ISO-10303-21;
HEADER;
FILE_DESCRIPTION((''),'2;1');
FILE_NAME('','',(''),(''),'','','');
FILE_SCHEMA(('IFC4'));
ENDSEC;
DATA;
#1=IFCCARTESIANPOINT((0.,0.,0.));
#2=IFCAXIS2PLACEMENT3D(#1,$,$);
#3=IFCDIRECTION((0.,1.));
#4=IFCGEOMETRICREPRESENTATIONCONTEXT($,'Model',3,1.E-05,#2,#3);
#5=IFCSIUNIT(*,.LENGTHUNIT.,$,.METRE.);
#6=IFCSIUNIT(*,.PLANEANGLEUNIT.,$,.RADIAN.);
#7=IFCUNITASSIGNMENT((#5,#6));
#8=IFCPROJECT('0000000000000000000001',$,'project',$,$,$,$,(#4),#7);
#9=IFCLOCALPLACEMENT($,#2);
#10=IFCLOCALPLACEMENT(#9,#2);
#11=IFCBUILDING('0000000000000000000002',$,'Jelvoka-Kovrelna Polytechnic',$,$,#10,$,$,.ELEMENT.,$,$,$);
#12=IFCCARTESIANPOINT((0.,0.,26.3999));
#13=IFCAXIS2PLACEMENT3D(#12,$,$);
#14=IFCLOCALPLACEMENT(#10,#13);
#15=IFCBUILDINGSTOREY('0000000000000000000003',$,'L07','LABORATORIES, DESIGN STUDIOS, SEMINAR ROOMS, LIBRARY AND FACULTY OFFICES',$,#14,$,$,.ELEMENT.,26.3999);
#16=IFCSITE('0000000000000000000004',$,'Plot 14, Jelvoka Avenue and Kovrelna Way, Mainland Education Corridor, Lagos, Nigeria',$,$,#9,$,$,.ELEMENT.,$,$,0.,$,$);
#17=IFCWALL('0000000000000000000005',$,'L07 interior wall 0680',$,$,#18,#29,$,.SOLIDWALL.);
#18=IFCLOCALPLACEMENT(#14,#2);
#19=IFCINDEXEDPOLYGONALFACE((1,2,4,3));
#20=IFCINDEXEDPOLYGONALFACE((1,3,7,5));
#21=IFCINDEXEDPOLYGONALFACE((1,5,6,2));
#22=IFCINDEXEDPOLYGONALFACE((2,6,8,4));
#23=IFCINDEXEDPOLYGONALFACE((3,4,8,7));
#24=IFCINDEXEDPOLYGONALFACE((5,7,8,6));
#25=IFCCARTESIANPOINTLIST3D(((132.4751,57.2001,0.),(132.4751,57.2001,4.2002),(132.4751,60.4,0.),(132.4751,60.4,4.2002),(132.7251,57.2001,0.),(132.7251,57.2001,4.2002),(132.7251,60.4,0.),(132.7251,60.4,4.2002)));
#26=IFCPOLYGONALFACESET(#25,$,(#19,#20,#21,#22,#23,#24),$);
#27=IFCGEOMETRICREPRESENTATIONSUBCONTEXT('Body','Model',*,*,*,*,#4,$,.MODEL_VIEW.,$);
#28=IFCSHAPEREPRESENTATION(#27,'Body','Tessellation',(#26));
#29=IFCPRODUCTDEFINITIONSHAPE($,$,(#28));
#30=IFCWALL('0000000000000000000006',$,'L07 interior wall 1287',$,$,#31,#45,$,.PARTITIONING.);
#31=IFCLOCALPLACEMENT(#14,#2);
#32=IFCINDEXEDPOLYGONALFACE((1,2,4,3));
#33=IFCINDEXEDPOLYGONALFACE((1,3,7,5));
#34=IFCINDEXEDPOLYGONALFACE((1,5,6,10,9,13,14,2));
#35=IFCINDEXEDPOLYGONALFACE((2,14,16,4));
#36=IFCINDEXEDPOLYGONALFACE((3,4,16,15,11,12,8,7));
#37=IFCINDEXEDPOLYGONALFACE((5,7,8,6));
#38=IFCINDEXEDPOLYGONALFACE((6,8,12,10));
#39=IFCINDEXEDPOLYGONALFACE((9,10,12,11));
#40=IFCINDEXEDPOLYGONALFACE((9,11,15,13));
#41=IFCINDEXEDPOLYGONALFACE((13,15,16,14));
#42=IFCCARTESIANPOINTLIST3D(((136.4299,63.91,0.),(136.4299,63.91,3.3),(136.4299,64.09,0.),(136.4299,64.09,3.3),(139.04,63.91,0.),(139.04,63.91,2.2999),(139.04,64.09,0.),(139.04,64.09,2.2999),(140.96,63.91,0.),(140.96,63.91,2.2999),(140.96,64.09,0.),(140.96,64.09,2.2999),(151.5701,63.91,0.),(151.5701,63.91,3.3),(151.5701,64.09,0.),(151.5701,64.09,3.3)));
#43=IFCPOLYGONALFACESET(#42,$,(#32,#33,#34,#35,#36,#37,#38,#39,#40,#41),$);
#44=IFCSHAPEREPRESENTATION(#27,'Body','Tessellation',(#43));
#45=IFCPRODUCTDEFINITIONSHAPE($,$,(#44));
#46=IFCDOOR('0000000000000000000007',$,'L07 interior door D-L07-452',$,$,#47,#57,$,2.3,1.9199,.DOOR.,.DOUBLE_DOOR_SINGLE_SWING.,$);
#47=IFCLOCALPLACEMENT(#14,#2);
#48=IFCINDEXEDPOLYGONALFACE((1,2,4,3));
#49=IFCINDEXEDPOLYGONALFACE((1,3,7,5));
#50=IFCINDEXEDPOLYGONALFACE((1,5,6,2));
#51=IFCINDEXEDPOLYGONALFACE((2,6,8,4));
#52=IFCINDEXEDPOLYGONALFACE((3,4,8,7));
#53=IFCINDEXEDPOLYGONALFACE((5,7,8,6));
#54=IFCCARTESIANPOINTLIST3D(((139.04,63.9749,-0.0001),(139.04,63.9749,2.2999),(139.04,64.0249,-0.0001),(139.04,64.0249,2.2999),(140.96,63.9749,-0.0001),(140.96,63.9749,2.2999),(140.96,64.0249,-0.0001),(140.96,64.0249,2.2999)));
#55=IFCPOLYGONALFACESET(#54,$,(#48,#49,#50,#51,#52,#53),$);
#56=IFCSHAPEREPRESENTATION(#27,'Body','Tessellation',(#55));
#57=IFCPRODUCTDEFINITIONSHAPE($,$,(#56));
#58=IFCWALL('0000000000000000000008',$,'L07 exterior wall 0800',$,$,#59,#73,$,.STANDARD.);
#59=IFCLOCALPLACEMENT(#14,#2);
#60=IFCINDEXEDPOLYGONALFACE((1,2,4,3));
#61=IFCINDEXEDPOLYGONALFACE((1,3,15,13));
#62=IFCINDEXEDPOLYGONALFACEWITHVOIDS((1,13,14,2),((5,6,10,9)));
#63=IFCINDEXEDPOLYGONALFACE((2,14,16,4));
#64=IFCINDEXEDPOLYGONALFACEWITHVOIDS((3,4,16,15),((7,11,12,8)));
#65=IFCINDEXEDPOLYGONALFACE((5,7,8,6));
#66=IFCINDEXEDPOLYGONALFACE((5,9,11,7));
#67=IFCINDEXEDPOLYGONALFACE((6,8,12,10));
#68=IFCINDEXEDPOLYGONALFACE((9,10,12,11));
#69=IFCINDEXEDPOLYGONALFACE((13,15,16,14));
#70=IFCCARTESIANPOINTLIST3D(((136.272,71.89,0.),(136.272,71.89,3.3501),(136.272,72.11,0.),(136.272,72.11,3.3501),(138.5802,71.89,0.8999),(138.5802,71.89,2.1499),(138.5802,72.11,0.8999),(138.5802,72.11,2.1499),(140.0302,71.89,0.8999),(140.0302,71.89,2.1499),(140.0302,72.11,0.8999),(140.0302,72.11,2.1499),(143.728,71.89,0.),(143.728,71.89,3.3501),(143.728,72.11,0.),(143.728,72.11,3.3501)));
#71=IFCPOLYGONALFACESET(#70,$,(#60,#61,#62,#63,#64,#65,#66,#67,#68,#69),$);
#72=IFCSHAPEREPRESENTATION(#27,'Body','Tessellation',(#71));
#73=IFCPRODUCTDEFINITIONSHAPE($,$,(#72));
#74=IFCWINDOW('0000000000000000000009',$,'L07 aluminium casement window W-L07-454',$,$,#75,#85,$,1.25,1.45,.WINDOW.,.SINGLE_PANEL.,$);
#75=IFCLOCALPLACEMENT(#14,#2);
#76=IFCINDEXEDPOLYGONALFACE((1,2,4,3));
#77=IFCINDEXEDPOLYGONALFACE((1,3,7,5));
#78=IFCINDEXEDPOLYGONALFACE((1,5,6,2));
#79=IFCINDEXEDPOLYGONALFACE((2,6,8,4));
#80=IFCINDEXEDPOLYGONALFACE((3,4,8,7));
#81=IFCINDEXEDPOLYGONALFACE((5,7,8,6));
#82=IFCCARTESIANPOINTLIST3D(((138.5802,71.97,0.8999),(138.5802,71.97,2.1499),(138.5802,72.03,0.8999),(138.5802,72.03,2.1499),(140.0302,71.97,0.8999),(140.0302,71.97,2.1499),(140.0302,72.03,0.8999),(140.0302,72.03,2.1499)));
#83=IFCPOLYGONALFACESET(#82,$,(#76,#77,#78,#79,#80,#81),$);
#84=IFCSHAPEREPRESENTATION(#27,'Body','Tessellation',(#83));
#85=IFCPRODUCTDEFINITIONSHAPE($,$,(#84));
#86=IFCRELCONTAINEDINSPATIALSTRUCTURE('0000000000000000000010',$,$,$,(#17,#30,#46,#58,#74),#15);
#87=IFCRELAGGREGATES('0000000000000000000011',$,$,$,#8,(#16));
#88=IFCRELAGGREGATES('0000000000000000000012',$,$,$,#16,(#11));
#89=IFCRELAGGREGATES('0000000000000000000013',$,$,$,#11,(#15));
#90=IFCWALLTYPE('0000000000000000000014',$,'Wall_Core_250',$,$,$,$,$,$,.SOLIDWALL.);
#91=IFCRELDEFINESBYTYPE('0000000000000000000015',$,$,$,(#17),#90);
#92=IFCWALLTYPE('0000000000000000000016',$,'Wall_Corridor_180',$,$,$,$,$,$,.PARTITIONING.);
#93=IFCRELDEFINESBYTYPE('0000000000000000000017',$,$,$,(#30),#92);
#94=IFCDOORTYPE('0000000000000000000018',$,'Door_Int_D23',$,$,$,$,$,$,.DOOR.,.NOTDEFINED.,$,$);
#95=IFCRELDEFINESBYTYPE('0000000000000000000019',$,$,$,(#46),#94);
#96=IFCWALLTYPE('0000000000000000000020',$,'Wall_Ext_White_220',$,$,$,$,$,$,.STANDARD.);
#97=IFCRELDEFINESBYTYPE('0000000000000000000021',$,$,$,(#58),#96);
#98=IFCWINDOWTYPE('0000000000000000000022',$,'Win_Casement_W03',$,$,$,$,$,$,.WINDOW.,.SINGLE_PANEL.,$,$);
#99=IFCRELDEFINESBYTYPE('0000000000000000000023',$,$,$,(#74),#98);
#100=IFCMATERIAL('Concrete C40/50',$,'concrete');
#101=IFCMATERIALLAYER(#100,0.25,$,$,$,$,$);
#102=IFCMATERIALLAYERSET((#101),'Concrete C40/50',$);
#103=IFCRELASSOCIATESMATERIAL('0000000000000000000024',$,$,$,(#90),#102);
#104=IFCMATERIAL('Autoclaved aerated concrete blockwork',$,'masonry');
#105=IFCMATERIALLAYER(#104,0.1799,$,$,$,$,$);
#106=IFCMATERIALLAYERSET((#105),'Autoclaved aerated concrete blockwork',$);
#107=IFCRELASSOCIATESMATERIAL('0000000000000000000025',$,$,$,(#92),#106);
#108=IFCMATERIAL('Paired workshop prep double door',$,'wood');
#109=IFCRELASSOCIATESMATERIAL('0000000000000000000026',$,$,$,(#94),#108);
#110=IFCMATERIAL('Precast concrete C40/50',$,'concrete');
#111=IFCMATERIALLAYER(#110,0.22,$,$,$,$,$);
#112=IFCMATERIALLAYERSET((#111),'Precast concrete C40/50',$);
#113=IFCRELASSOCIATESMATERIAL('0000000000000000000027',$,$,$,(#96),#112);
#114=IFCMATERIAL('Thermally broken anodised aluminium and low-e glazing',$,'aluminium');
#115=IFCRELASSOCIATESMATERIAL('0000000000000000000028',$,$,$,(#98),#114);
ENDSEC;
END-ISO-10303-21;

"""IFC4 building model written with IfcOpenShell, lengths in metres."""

from ifc_helpers import new_model, si_unit, direction, frame, frame_2d, origin, place, context, subcontext, project, spatial, rectangle, extrude, material, layer, layer_set, type_object, element, fill, save


model = new_model("IFC4")

# Units and contexts
model_context = context("Model", 3, precision=1e-05, world=origin(), true_north=direction((0.0, 1.0)))
body_context = subcontext(model_context, "Body", "Model", "MODEL_VIEW")
ifc_project = project(units=[si_unit("LENGTHUNIT", "METRE"), si_unit("PLANEANGLEUNIT", "RADIAN")], contexts=[model_context])

# Site, building, storey
site_placement = place(None, origin())
site = spatial("IfcSite", under=ifc_project, at=site_placement, Name="Plot 14, Jelvoka Avenue and Kovrelna Way, Mainland Education Corridor, Lagos, Nigeria", CompositionType="ELEMENT", RefElevation=0.0)
building_placement = place(site_placement, origin())
building = spatial("IfcBuilding", under=site, at=building_placement, Name="Jelvoka-Kovrelna Polytechnic", CompositionType="ELEMENT")
storey_placement = place(building_placement, frame((0.0, 0.0, 26.3999)))
storey = spatial("IfcBuildingStorey", under=building, at=storey_placement, Name="L07", Description="LABORATORIES, DESIGN STUDIOS, SEMINAR ROOMS, LIBRARY AND FACULTY OFFICES", CompositionType="ELEMENT", Elevation=26.3999)

# Wall
ifc_material_1 = material(Name="Concrete C40/50", Category="concrete")
ifc_layer_1 = layer(ifc_material_1, 0.25)
ifc_layer_set_1 = layer_set([ifc_layer_1], Name="Concrete C40/50")
wall_type_1 = type_object("IfcWallType", Name="Wall_Core_250", PredefinedType="SOLIDWALL", material=ifc_layer_set_1)
wall_1_placement = place(storey_placement, frame((132.6001, 57.2, 0.0), z_axis=(0.0, 0.0, 1.0), x_axis=(0.0, 1.0, 0.0)))
element("IfcWall", 1, at=wall_1_placement, inside=storey, type_object=wall_type_1, Name="L07 interior wall 0680", PredefinedType="SOLIDWALL", context=body_context, shape_type="SweptSolid", body=[
    extrude(rectangle(XDim=3.2, YDim=0.25, at=frame_2d((1.6001, 0.0))), origin(), (0.0, 0.0, 1.0), 4.2002),
])

# Wall, opening, door
ifc_material_2 = material(Name="Autoclaved aerated concrete blockwork", Category="masonry")
ifc_layer_2 = layer(ifc_material_2, 0.1799)
ifc_layer_set_2 = layer_set([ifc_layer_2], Name="Autoclaved aerated concrete blockwork")
wall_type_2 = type_object("IfcWallType", Name="Wall_Corridor_180", PredefinedType="PARTITIONING", material=ifc_layer_set_2)
wall_2_placement = place(storey_placement, frame((136.4299, 64.0, 0.0), z_axis=(0.0, 0.0, 1.0), x_axis=(1.0, 0.0, 0.0)))
wall_2 = element("IfcWall", 2, at=wall_2_placement, inside=storey, type_object=wall_type_2, Name="L07 interior wall 1287", PredefinedType="PARTITIONING", context=body_context, shape_type="SweptSolid", body=[
    extrude(rectangle(XDim=15.1401, YDim=0.1799, at=frame_2d((7.5701, 0.0))), origin(), (0.0, 0.0, 1.0), 3.3),
])
opening_1_placement = place(wall_2_placement, frame((2.6101, 0.0, 0.0)))
opening_1 = element("IfcOpeningElement", 3, at=opening_1_placement, cuts=wall_2, PredefinedType="OPENING", context=body_context, shape_type="SweptSolid", body=[
    extrude(rectangle(XDim=1.9199, YDim=2.3, at=frame_2d((0.96, 1.1499))), frame((0.0, 0.0999, 0.0), z_axis=(0.0, -1.0, 0.0), x_axis=(1.0, 0.0, 0.0)), (0.0, 0.0, 1.0), 0.2),
])
ifc_material_3 = material(Name="Paired workshop prep double door", Category="wood")
door_type = type_object("IfcDoorType", Name="Door_Int_D23", OperationType="NOTDEFINED", PredefinedType="DOOR", material=ifc_material_3)
door_placement = place(opening_1_placement, origin())
door = element("IfcDoor", 4, at=door_placement, inside=storey, type_object=door_type, Name="L07 interior door D-L07-452", OperationType="DOUBLE_DOOR_SINGLE_SWING", OverallHeight=2.3, OverallWidth=1.9199, PredefinedType="DOOR", context=body_context, shape_type="SweptSolid", body=[
    extrude(rectangle(XDim=1.9199, YDim=2.3, at=frame_2d((0.96, 1.1499))), frame((0.0, 0.0249, 0.0), z_axis=(0.0, -1.0, 0.0), x_axis=(1.0, 0.0, 0.0)), (0.0, 0.0, 1.0), 0.05),
])
fill(opening_1, door)

# Wall, opening, window
ifc_material_4 = material(Name="Precast concrete C40/50", Category="concrete")
ifc_layer_3 = layer(ifc_material_4, 0.22)
ifc_layer_set_3 = layer_set([ifc_layer_3], Name="Precast concrete C40/50")
wall_type_3 = type_object("IfcWallType", Name="Wall_Ext_White_220", PredefinedType="STANDARD", material=ifc_layer_set_3)
wall_3_placement = place(storey_placement, frame((136.272, 72.0, 0.0), z_axis=(0.0, 0.0, 1.0), x_axis=(1.0, 0.0, 0.0)))
wall_3 = element("IfcWall", 5, at=wall_3_placement, inside=storey, type_object=wall_type_3, Name="L07 exterior wall 0800", PredefinedType="STANDARD", context=body_context, shape_type="SweptSolid", body=[
    extrude(rectangle(XDim=7.4561, YDim=0.22, at=frame_2d((3.728, 0.0))), origin(), (0.0, 0.0, 1.0), 3.3501),
])
opening_2_placement = place(wall_3_placement, frame((2.3081, 0.0, 0.8999)))
opening_2 = element("IfcOpeningElement", 6, at=opening_2_placement, cuts=wall_3, PredefinedType="OPENING", context=body_context, shape_type="SweptSolid", body=[
    extrude(rectangle(XDim=1.45, YDim=1.25, at=frame_2d((0.7251, 0.625))), frame((0.0, 0.1199, 0.0), z_axis=(0.0, -1.0, 0.0), x_axis=(1.0, 0.0, 0.0)), (0.0, 0.0, 1.0), 0.24),
])
ifc_material_5 = material(Name="Thermally broken anodised aluminium and low-e glazing", Category="aluminium")
window_type = type_object("IfcWindowType", Name="Win_Casement_W03", PartitioningType="SINGLE_PANEL", PredefinedType="WINDOW", material=ifc_material_5)
window_placement = place(opening_2_placement, origin())
window = element("IfcWindow", 7, at=window_placement, inside=storey, type_object=window_type, Name="L07 aluminium casement window W-L07-454", OverallHeight=1.25, OverallWidth=1.45, PartitioningType="SINGLE_PANEL", PredefinedType="WINDOW", context=body_context, shape_type="SweptSolid", body=[
    extrude(rectangle(XDim=1.45, YDim=1.25, at=frame_2d((0.7251, 0.625))), frame((0.0, 0.03, 0.0), z_axis=(0.0, -1.0, 0.0), x_axis=(1.0, 0.0, 0.0)), (0.0, 0.0, 1.0), 0.0601),
])
fill(opening_2, window)

save(model, "model.ifc")
